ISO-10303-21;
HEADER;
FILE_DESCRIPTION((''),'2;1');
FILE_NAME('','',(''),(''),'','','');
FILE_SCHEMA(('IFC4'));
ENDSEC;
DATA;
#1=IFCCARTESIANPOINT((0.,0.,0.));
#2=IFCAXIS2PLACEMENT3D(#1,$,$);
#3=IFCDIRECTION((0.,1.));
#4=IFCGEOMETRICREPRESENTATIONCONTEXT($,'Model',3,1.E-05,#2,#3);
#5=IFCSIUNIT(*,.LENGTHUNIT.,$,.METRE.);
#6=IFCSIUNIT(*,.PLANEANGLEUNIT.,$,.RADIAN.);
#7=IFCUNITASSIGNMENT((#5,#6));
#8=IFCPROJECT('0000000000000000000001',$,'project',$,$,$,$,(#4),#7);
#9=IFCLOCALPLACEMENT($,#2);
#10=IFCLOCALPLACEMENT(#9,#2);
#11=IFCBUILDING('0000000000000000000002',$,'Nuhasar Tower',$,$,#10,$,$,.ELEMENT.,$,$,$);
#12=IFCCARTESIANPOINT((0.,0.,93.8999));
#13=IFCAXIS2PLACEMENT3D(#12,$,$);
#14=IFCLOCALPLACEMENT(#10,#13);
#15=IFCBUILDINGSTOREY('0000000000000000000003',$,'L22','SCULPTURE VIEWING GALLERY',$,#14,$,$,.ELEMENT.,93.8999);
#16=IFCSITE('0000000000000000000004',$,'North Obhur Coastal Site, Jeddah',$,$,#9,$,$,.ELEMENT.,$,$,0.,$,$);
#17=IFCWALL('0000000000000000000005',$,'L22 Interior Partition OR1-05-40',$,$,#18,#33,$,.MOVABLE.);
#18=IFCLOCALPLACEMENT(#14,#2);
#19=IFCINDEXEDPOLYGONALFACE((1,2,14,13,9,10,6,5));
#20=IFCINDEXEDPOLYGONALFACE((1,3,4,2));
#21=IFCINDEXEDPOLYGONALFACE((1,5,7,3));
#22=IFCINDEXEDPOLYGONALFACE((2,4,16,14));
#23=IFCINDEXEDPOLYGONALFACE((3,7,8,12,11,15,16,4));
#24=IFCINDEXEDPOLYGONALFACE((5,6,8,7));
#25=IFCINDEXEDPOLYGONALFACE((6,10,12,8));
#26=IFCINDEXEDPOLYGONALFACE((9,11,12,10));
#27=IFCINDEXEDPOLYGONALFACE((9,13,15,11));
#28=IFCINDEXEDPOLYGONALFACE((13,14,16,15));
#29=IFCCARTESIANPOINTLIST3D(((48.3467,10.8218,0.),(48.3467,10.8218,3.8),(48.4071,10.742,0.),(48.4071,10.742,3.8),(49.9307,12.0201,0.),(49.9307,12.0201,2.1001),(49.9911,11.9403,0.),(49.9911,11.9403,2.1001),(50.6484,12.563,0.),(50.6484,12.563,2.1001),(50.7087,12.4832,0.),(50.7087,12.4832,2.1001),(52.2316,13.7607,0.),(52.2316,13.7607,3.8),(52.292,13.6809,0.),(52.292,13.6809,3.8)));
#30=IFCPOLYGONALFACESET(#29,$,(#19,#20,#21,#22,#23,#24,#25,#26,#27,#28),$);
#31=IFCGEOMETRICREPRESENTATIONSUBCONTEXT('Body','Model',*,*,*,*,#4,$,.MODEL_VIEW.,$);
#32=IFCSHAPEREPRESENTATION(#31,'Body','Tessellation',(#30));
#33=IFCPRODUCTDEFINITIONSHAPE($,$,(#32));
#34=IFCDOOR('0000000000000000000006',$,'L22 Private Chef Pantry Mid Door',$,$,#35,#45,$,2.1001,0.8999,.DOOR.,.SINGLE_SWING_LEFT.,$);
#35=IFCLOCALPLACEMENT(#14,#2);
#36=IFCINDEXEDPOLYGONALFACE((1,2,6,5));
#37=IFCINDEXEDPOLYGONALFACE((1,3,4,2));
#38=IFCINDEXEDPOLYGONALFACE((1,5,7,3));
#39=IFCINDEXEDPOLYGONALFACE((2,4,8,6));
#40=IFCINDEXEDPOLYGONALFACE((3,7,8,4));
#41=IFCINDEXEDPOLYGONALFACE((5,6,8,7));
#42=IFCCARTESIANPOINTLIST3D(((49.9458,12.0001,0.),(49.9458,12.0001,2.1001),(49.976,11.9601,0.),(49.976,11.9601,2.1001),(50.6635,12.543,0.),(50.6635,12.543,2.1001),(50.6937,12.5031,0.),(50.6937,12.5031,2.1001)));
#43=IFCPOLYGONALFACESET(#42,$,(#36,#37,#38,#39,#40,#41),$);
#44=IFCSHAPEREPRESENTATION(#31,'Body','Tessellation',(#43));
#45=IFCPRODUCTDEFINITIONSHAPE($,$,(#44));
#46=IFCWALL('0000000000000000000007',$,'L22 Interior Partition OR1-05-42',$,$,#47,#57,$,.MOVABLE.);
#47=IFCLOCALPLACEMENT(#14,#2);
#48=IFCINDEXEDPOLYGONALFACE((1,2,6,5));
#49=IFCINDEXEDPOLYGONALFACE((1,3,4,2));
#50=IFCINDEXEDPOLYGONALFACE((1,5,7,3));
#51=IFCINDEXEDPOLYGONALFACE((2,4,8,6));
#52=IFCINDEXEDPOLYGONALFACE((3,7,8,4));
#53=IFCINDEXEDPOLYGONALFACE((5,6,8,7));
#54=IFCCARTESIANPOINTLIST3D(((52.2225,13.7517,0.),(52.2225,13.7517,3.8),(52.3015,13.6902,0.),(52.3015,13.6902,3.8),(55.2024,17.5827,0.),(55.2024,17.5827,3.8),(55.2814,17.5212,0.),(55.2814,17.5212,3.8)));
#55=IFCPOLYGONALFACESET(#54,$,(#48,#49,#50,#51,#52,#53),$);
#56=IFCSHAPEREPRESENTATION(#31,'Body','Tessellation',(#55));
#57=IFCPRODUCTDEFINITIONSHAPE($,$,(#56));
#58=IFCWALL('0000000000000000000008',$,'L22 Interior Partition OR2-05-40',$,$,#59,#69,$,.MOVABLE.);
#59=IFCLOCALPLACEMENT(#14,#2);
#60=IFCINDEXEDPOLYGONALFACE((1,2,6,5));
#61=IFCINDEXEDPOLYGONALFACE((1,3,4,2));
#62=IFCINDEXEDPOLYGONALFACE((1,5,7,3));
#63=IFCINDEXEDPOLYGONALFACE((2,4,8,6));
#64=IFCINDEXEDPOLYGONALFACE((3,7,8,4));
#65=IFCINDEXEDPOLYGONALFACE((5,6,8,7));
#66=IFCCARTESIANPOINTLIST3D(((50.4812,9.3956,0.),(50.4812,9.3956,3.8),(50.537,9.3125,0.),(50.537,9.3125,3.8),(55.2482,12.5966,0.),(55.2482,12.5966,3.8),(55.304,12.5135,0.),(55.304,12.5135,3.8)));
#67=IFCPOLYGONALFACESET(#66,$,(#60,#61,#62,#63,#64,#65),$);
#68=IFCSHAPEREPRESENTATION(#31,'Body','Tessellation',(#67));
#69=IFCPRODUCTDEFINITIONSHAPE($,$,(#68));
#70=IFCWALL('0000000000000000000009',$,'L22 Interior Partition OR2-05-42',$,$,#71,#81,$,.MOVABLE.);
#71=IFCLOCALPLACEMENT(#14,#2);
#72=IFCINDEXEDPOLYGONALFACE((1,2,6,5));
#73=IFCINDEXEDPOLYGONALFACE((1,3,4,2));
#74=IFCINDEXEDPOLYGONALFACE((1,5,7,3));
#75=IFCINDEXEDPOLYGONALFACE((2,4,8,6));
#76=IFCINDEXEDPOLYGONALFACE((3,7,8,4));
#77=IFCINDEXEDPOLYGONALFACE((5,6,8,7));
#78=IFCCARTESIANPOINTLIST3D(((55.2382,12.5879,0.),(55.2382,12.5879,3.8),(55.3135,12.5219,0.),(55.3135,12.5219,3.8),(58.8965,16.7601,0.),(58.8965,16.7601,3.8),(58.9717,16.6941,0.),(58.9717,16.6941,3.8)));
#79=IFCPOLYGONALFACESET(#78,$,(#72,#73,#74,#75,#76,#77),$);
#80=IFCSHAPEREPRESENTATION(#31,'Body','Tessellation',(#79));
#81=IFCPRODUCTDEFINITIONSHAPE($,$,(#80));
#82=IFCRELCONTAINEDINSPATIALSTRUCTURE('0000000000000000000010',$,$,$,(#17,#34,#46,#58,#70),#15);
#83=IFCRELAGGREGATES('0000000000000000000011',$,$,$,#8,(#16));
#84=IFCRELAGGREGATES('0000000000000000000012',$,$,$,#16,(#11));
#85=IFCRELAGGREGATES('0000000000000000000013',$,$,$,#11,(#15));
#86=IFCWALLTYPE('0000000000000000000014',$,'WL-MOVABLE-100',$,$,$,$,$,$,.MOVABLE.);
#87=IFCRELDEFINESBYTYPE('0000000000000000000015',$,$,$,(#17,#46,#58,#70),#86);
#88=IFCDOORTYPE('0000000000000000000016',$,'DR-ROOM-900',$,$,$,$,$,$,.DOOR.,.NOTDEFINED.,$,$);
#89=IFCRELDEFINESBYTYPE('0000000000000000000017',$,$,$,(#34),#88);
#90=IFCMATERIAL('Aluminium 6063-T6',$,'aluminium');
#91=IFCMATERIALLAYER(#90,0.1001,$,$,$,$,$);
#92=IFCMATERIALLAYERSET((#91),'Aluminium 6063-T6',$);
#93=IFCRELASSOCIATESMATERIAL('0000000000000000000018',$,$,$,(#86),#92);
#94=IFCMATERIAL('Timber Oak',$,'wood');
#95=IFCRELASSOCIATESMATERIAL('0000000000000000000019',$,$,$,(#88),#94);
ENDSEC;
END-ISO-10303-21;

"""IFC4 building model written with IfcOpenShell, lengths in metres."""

from ifc_helpers import new_model, si_unit, direction, frame, frame_2d, origin, place, context, subcontext, project, spatial, rectangle, extrude, material, layer, layer_set, type_object, element, fill, save


model = new_model("IFC4")

# Units and contexts
model_context = context("Model", 3, precision=1e-05, world=origin(), true_north=direction((0.0, 1.0)))
body_context = subcontext(model_context, "Body", "Model", "MODEL_VIEW")
ifc_project = project(units=[si_unit("LENGTHUNIT", "METRE"), si_unit("PLANEANGLEUNIT", "RADIAN")], contexts=[model_context])

# Site, building, storey
site_placement = place(None, origin())
site = spatial("IfcSite", under=ifc_project, at=site_placement, Name="North Obhur Coastal Site, Jeddah", CompositionType="ELEMENT", RefElevation=0.0)
building_placement = place(site_placement, origin())
building = spatial("IfcBuilding", under=site, at=building_placement, Name="Nuhasar Tower", CompositionType="ELEMENT")
storey_placement = place(building_placement, frame((0.0, 0.0, 93.8999)))
storey = spatial("IfcBuildingStorey", under=building, at=storey_placement, Name="L22", Description="SCULPTURE VIEWING GALLERY", CompositionType="ELEMENT", Elevation=93.8999)

# Shared definitions
ifc_material_1 = material(Name="Aluminium 6063-T6", Category="aluminium")

# Wall, opening, door
ifc_layer_1 = layer(ifc_material_1, 0.1001)
ifc_layer_set_1 = layer_set([ifc_layer_1], Name="Aluminium 6063-T6")
wall_type_1 = type_object("IfcWallType", Name="WL-MOVABLE-100", PredefinedType="MOVABLE", material=ifc_layer_set_1)
wall_1_placement = place(storey_placement, frame((48.377, 10.782, 0.0), z_axis=(0.0, 0.0, 1.0), x_axis=(0.797509, 0.603307, 0.0)))
wall_1 = element("IfcWall", 1, at=wall_1_placement, inside=storey, type_object=wall_type_1, Name="L22 Interior Partition OR1-05-40", PredefinedType="MOVABLE", context=body_context, shape_type="SweptSolid", body=[
    extrude(rectangle(XDim=4.8713, YDim=0.1001, at=frame_2d((2.4355, 0.0))), origin(), (0.0, 0.0, 1.0), 3.8),
])
opening_placement = place(wall_1_placement, frame((1.9861, 0.0, 0.0)))
opening = element("IfcOpeningElement", 2, at=opening_placement, cuts=wall_1, PredefinedType="OPENING", context=body_context, shape_type="SweptSolid", body=[
    extrude(rectangle(XDim=0.8999, YDim=2.1001, at=frame_2d((0.45, 1.05))), frame((0.0, 0.0601, 0.0), z_axis=(0.0, -1.0, 0.0), x_axis=(1.0, 0.0, 0.0)), (0.0, 0.0, 1.0), 0.1201),
])
ifc_material_2 = material(Name="Timber Oak", Category="wood")
door_type = type_object("IfcDoorType", Name="DR-ROOM-900", OperationType="NOTDEFINED", PredefinedType="DOOR", material=ifc_material_2)
door_placement = place(opening_placement, origin())
door = element("IfcDoor", 3, at=door_placement, inside=storey, type_object=door_type, Name="L22 Private Chef Pantry Mid Door", OperationType="SINGLE_SWING_LEFT", OverallHeight=2.1001, OverallWidth=0.8999, PredefinedType="DOOR", context=body_context, shape_type="SweptSolid", body=[
    extrude(rectangle(XDim=0.8999, YDim=2.1001, at=frame_2d((0.45, 1.05))), frame((0.0, 0.0249, 0.0), z_axis=(0.0, -1.0, 0.0), x_axis=(1.0, 0.0, 0.0)), (0.0, 0.0, 1.0), 0.05),
])
fill(opening, door)

# Walls
wall_2_placement = place(storey_placement, frame((52.262, 13.7209, 0.0), z_axis=(0.0, 0.0, 1.0), x_axis=(0.613975, 0.789325, 0.0)))
element("IfcWall", 4, at=wall_2_placement, inside=storey, type_object=wall_type_1, Name="L22 Interior Partition OR1-05-42", PredefinedType="MOVABLE", context=body_context, shape_type="SweptSolid", body=[
    extrude(rectangle(XDim=4.8535, YDim=0.1001, at=frame_2d((2.4268, 0.0))), origin(), (0.0, 0.0, 1.0), 3.8),
])
wall_3_placement = place(storey_placement, frame((50.509, 9.354, 0.0), z_axis=(0.0, 0.0, 1.0), x_axis=(0.830194, 0.557474, 0.0)))
element("IfcWall", 5, at=wall_3_placement, inside=storey, type_object=wall_type_1, Name="L22 Interior Partition OR2-05-40", PredefinedType="MOVABLE", context=body_context, shape_type="SweptSolid", body=[
    extrude(rectangle(XDim=5.7419, YDim=0.1001, at=frame_2d((2.8711, 0.0))), origin(), (0.0, 0.0, 1.0), 3.8),
])
wall_4_placement = place(storey_placement, frame((55.2759, 12.5549, 0.0), z_axis=(0.0, 0.0, 1.0), x_axis=(0.65928, 0.751898, 0.0)))
element("IfcWall", 6, at=wall_4_placement, inside=storey, type_object=wall_type_1, Name="L22 Interior Partition OR2-05-42", PredefinedType="MOVABLE", context=body_context, shape_type="SweptSolid", body=[
    extrude(rectangle(XDim=5.5488, YDim=0.1001, at=frame_2d((2.7744, 0.0))), origin(), (0.0, 0.0, 1.0), 3.8),
])

save(model, "model.ifc")
